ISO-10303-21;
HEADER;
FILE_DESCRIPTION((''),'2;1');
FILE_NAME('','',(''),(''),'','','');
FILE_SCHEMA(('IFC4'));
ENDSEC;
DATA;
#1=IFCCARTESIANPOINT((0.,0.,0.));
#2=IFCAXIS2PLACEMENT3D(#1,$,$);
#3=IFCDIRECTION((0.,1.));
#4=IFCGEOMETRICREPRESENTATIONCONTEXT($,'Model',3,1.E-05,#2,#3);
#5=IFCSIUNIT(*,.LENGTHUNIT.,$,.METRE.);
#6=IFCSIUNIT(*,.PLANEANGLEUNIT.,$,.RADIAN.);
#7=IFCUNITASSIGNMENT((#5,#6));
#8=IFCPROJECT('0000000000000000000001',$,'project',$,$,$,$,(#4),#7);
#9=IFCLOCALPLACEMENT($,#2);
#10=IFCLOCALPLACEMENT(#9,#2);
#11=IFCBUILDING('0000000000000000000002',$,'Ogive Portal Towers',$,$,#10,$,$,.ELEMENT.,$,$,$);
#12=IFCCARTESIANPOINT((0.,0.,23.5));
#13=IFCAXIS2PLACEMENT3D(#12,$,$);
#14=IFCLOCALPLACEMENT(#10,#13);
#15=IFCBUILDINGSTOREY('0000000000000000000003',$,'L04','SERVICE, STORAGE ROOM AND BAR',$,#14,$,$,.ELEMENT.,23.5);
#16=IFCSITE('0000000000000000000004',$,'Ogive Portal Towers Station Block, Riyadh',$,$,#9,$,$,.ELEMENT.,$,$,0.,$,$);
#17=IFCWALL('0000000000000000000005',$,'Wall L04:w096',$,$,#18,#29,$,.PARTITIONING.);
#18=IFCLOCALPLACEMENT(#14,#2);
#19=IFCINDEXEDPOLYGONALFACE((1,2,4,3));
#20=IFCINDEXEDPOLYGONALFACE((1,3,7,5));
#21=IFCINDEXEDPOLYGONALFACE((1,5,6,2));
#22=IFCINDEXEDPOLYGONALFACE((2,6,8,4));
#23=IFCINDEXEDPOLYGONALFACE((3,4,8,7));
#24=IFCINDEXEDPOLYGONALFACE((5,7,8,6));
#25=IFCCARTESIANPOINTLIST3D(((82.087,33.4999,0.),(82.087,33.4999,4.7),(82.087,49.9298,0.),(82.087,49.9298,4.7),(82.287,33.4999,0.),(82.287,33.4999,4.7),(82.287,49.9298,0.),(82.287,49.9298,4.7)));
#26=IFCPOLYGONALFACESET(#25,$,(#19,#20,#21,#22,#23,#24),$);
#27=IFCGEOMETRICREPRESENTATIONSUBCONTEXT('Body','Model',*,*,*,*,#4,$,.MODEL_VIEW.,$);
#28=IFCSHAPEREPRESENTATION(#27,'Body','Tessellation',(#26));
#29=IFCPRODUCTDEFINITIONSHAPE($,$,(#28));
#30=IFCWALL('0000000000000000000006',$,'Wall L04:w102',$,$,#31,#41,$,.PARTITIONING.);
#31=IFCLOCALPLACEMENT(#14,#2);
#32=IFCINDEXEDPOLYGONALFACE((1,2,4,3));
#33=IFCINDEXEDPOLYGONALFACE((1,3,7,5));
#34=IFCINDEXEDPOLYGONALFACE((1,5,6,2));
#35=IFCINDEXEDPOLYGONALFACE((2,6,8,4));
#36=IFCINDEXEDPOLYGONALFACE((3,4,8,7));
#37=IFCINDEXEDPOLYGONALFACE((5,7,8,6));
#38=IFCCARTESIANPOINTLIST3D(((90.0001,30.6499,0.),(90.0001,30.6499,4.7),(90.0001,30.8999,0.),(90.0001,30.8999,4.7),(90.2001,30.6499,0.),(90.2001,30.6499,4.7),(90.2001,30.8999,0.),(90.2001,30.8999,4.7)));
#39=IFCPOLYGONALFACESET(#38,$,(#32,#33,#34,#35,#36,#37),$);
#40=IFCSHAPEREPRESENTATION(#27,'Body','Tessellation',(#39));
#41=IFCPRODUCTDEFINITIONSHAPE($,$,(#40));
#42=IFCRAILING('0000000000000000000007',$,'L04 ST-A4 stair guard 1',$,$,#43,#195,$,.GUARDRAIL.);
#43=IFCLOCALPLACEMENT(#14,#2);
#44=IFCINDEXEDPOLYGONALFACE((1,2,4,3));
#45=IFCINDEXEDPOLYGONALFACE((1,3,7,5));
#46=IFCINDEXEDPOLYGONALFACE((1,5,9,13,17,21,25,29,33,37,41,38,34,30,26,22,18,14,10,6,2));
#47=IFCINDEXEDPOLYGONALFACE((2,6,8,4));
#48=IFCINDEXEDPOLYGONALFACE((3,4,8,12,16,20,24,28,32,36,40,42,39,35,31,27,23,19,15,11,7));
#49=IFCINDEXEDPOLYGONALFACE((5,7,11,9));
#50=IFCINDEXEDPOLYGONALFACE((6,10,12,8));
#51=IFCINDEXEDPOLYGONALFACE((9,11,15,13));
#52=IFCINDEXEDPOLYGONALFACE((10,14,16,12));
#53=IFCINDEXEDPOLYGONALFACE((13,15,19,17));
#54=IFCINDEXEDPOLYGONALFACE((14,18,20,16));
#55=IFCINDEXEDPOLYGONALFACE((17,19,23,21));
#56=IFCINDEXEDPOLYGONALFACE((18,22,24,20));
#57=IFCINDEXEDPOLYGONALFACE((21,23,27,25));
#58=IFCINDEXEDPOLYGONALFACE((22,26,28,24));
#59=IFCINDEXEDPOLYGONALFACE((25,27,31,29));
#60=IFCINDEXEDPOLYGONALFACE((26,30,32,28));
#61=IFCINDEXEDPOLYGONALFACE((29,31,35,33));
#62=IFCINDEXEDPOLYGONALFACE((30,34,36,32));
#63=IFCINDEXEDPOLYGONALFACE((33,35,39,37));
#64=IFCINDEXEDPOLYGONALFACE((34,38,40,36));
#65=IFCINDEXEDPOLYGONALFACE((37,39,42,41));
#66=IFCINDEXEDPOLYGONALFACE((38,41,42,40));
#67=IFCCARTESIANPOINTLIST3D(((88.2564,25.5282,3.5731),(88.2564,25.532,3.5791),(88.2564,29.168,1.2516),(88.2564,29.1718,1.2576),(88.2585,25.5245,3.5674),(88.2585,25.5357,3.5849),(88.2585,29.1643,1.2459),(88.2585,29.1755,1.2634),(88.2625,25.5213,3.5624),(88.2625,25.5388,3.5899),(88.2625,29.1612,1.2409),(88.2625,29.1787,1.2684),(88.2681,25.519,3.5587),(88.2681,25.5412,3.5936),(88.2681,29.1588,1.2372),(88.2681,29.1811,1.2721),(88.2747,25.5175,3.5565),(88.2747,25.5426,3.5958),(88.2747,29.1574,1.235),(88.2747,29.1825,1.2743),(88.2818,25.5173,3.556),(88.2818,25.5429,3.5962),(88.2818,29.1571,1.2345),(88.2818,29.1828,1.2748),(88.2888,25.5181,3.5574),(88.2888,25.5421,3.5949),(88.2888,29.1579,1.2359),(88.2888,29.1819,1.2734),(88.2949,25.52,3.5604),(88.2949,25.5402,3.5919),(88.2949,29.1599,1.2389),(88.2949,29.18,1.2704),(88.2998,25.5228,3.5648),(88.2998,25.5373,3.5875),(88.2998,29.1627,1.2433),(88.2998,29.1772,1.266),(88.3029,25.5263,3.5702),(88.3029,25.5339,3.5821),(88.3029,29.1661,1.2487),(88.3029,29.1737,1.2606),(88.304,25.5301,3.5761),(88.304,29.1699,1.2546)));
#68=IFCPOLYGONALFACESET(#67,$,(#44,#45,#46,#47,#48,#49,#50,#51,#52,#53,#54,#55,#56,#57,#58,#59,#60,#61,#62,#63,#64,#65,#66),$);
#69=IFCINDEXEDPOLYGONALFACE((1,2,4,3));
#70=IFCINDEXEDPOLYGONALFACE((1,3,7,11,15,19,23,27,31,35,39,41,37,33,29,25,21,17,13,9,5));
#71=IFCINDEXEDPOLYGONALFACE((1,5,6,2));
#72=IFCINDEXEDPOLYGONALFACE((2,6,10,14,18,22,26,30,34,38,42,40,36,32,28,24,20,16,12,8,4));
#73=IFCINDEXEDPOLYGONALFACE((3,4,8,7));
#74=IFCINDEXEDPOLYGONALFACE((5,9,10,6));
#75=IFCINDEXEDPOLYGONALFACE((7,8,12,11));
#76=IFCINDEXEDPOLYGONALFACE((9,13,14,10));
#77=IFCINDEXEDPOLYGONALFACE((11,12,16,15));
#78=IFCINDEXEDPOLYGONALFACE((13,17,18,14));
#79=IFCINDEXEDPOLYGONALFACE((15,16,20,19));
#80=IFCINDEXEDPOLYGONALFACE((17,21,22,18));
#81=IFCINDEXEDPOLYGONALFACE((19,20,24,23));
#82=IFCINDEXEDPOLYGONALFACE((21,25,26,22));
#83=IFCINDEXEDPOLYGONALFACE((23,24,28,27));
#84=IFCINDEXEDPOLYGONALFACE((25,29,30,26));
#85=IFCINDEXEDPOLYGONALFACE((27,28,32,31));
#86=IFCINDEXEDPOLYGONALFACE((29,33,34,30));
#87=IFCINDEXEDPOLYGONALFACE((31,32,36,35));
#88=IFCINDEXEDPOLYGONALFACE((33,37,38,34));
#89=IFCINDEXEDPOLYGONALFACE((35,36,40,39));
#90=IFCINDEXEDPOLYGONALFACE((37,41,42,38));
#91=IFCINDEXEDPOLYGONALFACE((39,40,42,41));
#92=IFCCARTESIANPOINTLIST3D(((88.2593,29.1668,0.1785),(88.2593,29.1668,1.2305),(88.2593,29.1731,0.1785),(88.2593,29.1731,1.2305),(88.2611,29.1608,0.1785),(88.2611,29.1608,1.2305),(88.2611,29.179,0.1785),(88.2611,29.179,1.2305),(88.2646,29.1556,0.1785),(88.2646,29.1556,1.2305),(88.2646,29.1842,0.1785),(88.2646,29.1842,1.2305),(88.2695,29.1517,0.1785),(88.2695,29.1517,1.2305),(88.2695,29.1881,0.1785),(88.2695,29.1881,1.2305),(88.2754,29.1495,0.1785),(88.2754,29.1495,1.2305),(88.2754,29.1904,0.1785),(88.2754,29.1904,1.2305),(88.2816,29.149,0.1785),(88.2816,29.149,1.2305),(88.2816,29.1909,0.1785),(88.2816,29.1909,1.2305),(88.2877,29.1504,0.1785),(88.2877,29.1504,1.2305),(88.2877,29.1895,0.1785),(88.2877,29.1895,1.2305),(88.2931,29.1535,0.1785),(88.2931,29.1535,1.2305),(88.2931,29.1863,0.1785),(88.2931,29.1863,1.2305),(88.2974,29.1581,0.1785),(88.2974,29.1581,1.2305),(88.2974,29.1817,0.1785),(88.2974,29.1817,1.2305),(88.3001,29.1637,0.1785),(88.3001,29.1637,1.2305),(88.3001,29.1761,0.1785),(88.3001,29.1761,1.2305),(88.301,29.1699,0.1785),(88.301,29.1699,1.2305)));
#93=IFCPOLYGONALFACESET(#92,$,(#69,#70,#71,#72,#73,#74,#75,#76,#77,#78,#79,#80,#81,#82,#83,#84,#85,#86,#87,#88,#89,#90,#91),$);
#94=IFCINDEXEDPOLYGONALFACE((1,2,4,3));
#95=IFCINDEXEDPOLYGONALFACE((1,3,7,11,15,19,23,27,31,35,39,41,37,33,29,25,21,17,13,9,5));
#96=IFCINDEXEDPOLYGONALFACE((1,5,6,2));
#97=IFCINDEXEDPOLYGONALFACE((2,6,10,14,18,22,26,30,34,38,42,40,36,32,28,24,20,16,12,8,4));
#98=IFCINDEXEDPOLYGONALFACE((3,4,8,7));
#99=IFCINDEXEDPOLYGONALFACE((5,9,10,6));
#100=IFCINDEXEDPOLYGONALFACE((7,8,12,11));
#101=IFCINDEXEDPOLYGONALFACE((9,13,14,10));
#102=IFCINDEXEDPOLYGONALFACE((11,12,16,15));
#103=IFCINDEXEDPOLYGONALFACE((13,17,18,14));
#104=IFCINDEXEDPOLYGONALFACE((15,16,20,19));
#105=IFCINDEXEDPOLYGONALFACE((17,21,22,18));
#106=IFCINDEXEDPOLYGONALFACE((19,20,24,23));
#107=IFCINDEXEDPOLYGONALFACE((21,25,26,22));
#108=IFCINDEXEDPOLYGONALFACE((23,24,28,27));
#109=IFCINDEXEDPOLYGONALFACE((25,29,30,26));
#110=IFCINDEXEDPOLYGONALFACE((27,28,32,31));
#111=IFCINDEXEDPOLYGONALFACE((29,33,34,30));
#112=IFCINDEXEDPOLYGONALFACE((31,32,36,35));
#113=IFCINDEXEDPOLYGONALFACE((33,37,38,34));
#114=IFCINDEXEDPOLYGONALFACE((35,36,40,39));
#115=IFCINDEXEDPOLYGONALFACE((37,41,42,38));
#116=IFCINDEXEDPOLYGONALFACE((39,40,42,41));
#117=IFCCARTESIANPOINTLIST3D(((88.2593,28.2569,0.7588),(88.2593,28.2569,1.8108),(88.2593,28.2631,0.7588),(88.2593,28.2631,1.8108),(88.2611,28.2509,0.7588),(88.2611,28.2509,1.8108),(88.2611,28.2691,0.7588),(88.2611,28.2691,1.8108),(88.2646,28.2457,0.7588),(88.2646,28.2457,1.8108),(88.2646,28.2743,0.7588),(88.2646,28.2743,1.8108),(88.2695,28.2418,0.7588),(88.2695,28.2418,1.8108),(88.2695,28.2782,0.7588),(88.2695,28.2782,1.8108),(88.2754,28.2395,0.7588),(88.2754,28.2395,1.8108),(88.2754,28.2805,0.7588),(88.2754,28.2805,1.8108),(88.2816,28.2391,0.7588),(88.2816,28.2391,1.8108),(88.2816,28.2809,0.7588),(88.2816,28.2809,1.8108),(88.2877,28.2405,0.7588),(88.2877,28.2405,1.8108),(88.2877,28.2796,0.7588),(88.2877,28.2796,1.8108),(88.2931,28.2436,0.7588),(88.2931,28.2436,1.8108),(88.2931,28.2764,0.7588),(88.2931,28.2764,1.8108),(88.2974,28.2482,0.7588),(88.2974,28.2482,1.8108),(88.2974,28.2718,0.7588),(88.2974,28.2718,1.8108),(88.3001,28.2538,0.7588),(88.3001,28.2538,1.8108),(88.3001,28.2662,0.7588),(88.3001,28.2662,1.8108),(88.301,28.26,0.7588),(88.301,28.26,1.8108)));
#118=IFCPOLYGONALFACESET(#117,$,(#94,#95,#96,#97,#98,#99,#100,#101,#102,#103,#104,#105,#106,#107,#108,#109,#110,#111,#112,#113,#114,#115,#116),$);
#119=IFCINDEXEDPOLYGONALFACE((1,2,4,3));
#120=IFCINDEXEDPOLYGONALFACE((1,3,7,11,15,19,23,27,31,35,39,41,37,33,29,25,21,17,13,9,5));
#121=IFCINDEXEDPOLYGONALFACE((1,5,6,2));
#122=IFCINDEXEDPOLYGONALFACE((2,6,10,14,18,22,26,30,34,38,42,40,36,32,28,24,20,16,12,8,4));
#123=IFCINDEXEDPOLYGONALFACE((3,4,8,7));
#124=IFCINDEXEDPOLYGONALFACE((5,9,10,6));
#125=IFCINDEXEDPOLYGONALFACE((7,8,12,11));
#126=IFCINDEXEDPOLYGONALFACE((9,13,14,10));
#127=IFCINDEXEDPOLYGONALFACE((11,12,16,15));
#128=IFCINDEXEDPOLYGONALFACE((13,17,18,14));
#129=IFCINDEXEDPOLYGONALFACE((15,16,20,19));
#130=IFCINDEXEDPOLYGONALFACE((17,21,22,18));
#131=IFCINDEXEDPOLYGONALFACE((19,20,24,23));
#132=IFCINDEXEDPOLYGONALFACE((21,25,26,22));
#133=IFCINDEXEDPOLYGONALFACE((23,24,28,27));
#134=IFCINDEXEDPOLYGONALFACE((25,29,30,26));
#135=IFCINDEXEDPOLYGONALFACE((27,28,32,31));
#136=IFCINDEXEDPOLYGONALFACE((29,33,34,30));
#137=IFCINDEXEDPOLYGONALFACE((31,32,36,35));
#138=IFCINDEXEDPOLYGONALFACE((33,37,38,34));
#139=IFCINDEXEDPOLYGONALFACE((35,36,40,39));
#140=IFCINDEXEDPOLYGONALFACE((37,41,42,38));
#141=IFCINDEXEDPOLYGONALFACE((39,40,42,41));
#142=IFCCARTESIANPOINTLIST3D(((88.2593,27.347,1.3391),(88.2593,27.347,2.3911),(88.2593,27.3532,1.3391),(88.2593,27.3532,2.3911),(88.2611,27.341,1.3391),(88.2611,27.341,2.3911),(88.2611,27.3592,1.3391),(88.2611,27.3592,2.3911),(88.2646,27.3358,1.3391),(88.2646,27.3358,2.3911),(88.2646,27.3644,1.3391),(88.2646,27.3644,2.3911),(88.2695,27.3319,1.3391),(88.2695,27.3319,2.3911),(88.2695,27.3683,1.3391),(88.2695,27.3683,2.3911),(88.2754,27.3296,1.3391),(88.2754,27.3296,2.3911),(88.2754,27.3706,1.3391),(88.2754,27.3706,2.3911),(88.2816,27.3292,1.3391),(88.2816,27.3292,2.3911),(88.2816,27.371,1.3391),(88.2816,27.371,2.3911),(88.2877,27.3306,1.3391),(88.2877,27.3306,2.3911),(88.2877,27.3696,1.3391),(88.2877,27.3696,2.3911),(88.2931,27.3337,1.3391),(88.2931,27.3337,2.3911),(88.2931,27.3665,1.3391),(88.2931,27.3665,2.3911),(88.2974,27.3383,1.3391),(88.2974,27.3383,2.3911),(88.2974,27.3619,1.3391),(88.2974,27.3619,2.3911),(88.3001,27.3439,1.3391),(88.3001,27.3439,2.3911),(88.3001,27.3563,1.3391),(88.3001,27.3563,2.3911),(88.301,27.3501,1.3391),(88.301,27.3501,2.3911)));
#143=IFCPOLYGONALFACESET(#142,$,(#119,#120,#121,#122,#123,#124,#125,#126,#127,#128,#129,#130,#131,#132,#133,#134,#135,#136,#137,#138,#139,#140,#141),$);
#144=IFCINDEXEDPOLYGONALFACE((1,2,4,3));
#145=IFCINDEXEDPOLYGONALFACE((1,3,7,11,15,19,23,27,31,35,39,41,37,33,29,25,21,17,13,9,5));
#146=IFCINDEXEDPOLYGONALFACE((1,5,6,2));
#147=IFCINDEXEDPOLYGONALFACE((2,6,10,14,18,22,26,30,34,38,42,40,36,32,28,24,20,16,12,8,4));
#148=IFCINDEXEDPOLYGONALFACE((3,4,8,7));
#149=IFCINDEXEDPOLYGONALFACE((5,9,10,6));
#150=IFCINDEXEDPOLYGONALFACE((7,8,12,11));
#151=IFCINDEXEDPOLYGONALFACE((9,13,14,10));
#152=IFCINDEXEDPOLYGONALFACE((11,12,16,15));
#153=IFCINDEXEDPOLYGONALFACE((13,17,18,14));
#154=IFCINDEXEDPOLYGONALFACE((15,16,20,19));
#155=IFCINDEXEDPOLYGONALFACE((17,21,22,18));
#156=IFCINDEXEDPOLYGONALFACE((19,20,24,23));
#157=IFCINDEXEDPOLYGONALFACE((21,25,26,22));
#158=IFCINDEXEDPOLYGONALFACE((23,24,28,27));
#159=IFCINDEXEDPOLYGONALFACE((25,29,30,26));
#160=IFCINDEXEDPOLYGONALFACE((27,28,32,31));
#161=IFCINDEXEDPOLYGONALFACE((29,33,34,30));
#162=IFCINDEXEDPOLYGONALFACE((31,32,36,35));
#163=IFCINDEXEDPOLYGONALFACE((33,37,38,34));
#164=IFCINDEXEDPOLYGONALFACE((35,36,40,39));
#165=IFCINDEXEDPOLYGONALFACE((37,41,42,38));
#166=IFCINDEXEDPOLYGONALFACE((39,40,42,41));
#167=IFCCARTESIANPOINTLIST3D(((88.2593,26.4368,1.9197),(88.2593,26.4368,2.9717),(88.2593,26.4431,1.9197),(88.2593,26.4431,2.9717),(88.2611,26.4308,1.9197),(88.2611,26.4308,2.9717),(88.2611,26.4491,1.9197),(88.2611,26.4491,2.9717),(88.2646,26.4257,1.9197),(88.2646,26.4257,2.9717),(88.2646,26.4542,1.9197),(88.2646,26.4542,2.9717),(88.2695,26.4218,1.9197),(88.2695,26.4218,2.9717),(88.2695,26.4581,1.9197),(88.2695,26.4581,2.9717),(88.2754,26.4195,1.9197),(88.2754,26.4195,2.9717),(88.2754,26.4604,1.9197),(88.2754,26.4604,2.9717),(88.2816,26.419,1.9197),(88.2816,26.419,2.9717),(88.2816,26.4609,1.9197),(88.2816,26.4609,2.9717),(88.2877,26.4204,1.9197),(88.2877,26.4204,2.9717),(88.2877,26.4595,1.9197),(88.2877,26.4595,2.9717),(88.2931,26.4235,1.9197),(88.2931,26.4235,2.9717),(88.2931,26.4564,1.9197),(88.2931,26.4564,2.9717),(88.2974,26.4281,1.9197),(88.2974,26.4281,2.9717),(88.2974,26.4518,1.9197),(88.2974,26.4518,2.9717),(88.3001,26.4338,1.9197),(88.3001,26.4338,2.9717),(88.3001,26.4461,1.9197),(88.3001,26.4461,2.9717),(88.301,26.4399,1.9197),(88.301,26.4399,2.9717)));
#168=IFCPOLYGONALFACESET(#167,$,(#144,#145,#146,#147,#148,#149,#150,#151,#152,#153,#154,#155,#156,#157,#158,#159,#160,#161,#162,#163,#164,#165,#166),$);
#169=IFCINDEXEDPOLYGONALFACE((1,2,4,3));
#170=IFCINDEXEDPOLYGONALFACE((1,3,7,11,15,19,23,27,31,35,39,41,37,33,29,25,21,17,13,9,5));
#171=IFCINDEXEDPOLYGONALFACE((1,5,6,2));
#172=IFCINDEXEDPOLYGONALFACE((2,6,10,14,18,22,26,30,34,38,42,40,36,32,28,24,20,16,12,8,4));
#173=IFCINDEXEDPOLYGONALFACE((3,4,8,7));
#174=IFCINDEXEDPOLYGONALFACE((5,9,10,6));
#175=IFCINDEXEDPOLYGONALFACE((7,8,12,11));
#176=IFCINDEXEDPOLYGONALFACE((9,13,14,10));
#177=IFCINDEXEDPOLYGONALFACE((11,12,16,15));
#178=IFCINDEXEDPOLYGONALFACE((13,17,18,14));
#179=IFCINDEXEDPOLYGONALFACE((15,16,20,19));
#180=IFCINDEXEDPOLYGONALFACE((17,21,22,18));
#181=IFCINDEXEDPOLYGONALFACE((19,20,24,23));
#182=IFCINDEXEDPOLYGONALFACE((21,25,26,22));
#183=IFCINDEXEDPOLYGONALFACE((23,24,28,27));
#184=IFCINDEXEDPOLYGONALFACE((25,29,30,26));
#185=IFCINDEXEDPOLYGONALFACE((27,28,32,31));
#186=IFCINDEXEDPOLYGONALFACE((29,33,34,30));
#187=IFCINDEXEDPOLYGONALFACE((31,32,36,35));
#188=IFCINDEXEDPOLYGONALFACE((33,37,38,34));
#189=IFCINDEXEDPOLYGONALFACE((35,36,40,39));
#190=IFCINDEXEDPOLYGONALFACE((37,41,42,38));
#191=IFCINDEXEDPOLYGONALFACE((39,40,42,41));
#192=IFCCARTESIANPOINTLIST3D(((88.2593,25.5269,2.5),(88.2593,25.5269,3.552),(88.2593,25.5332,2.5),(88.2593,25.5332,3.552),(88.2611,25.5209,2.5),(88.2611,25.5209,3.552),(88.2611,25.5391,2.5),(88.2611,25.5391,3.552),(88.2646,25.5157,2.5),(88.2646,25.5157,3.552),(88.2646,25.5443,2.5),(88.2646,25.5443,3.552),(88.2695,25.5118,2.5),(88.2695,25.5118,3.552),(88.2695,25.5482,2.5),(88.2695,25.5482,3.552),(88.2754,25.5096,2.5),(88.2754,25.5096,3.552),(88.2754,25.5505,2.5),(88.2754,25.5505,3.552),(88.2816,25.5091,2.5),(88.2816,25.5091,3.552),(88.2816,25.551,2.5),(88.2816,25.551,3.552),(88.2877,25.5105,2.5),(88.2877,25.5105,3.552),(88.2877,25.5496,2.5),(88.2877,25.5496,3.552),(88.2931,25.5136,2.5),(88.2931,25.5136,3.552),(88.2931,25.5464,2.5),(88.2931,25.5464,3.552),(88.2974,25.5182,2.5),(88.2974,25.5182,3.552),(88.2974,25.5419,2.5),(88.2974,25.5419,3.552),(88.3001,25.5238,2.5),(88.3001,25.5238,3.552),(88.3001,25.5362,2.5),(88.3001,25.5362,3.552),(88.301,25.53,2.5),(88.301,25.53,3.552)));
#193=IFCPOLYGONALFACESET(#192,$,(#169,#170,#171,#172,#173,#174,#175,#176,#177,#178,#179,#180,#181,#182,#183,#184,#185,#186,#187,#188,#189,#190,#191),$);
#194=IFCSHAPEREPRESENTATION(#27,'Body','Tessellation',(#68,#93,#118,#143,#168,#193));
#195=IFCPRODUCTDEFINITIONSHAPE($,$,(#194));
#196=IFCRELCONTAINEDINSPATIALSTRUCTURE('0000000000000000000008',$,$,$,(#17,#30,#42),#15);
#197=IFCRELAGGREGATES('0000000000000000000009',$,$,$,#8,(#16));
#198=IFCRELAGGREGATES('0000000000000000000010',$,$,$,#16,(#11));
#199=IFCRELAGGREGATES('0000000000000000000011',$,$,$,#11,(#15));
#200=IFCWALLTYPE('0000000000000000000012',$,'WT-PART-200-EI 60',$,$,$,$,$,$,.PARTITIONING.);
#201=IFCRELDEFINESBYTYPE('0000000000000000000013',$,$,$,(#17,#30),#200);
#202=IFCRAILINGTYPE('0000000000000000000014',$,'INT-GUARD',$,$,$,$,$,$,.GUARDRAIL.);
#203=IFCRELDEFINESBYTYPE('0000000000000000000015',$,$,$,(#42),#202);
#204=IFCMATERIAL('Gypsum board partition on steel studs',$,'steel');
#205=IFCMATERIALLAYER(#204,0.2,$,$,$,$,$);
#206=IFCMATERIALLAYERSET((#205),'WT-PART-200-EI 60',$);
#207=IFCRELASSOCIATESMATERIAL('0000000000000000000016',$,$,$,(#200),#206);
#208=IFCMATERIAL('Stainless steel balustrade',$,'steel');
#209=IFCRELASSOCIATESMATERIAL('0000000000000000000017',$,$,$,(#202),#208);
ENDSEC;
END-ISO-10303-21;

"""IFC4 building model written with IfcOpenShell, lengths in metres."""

from ifc_helpers import new_model, si_unit, direction, frame, frame_2d, origin, origin_2d, place, context, subcontext, project, spatial, rectangle, circle, extrude, material, layer, layer_set, type_object, element, save


model = new_model("IFC4")

# Units and contexts
model_context = context("Model", 3, precision=1e-05, world=origin(), true_north=direction((0.0, 1.0)))
body_context = subcontext(model_context, "Body", "Model", "MODEL_VIEW")
ifc_project = project(units=[si_unit("LENGTHUNIT", "METRE"), si_unit("PLANEANGLEUNIT", "RADIAN")], contexts=[model_context])

# Site, building, storey
site_placement = place(None, origin())
site = spatial("IfcSite", under=ifc_project, at=site_placement, Name="Ogive Portal Towers Station Block, Riyadh", CompositionType="ELEMENT", RefElevation=0.0)
building_placement = place(site_placement, origin())
building = spatial("IfcBuilding", under=site, at=building_placement, Name="Ogive Portal Towers", CompositionType="ELEMENT")
storey_placement = place(building_placement, frame((0.0, 0.0, 23.5)))
storey = spatial("IfcBuildingStorey", under=building, at=storey_placement, Name="L04", Description="SERVICE, STORAGE ROOM AND BAR", CompositionType="ELEMENT", Elevation=23.5)

# Shared definitions
ifc_material_1 = material(Name="Gypsum board partition on steel studs", Category="steel")
ifc_layer_1 = layer(ifc_material_1, 0.2)
ifc_layer_set_1 = layer_set([ifc_layer_1], Name="WT-PART-200-EI 60")
wall_type_1 = type_object("IfcWallType", Name="WT-PART-200-EI 60", PredefinedType="PARTITIONING", material=ifc_layer_set_1)

# Walls
wall_1_placement = place(storey_placement, frame((82.187, 33.5, 0.0), z_axis=(0.0, 0.0, 1.0), x_axis=(0.0, 1.0, 0.0)))
element("IfcWall", 1, at=wall_1_placement, inside=storey, type_object=wall_type_1, Name="Wall L04:w096", PredefinedType="PARTITIONING", context=body_context, shape_type="SweptSolid", body=[
    extrude(rectangle(XDim=16.4299, YDim=0.2, at=frame_2d((8.2148, 0.0))), origin(), (0.0, 0.0, 1.0), 4.7),
])
wall_2_placement = place(storey_placement, frame((90.1001, 30.6499, 0.0), z_axis=(0.0, 0.0, 1.0), x_axis=(0.0, 1.0, 0.0)))
element("IfcWall", 2, at=wall_2_placement, inside=storey, type_object=wall_type_1, Name="Wall L04:w102", PredefinedType="PARTITIONING", context=body_context, shape_type="SweptSolid", body=[
    extrude(rectangle(XDim=0.25, YDim=0.2, at=frame_2d((0.125, 0.0))), origin(), (0.0, 0.0, 1.0), 4.7),
])

# Railing
ifc_material_2 = material(Name="Stainless steel balustrade", Category="steel")
railing_type_1 = type_object("IfcRailingType", Name="INT-GUARD", PredefinedType="GUARDRAIL", material=ifc_material_2)
railing_1_placement = place(storey_placement, frame((88.28, 29.1699, 0.1785)))
element("IfcRailing", 3, at=railing_1_placement, inside=storey, type_object=railing_type_1, Name="L04 ST-A4 stair guard 1", PredefinedType="GUARDRAIL", context=body_context, shape_type="SweptSolid", body=[
    extrude(circle(Radius=0.0239, at=origin_2d()), frame((0.0, 0.0, 1.0762), z_axis=(0.0, -0.843112, 0.537739), x_axis=(1.0, 0.0, 0.0)), (0.0, 0.0, 1.0), 4.3171),
    extrude(circle(Radius=0.021, at=origin_2d()), origin(), (0.0, 0.0, 1.0), 1.052),
    extrude(circle(Radius=0.021, at=origin_2d()), frame((0.0, -0.9099, 0.5803)), (0.0, 0.0, 1.0), 1.052),
    extrude(circle(Radius=0.021, at=origin_2d()), frame((0.0, -1.8198, 1.1606)), (0.0, 0.0, 1.0), 1.052),
    extrude(circle(Radius=0.021, at=origin_2d()), frame((0.0, -2.73, 1.7412)), (0.0, 0.0, 1.0), 1.052),
    extrude(circle(Radius=0.021, at=origin_2d()), frame((0.0, -3.6399, 2.3215)), (0.0, 0.0, 1.0), 1.052),
])

save(model, "model.ifc")
